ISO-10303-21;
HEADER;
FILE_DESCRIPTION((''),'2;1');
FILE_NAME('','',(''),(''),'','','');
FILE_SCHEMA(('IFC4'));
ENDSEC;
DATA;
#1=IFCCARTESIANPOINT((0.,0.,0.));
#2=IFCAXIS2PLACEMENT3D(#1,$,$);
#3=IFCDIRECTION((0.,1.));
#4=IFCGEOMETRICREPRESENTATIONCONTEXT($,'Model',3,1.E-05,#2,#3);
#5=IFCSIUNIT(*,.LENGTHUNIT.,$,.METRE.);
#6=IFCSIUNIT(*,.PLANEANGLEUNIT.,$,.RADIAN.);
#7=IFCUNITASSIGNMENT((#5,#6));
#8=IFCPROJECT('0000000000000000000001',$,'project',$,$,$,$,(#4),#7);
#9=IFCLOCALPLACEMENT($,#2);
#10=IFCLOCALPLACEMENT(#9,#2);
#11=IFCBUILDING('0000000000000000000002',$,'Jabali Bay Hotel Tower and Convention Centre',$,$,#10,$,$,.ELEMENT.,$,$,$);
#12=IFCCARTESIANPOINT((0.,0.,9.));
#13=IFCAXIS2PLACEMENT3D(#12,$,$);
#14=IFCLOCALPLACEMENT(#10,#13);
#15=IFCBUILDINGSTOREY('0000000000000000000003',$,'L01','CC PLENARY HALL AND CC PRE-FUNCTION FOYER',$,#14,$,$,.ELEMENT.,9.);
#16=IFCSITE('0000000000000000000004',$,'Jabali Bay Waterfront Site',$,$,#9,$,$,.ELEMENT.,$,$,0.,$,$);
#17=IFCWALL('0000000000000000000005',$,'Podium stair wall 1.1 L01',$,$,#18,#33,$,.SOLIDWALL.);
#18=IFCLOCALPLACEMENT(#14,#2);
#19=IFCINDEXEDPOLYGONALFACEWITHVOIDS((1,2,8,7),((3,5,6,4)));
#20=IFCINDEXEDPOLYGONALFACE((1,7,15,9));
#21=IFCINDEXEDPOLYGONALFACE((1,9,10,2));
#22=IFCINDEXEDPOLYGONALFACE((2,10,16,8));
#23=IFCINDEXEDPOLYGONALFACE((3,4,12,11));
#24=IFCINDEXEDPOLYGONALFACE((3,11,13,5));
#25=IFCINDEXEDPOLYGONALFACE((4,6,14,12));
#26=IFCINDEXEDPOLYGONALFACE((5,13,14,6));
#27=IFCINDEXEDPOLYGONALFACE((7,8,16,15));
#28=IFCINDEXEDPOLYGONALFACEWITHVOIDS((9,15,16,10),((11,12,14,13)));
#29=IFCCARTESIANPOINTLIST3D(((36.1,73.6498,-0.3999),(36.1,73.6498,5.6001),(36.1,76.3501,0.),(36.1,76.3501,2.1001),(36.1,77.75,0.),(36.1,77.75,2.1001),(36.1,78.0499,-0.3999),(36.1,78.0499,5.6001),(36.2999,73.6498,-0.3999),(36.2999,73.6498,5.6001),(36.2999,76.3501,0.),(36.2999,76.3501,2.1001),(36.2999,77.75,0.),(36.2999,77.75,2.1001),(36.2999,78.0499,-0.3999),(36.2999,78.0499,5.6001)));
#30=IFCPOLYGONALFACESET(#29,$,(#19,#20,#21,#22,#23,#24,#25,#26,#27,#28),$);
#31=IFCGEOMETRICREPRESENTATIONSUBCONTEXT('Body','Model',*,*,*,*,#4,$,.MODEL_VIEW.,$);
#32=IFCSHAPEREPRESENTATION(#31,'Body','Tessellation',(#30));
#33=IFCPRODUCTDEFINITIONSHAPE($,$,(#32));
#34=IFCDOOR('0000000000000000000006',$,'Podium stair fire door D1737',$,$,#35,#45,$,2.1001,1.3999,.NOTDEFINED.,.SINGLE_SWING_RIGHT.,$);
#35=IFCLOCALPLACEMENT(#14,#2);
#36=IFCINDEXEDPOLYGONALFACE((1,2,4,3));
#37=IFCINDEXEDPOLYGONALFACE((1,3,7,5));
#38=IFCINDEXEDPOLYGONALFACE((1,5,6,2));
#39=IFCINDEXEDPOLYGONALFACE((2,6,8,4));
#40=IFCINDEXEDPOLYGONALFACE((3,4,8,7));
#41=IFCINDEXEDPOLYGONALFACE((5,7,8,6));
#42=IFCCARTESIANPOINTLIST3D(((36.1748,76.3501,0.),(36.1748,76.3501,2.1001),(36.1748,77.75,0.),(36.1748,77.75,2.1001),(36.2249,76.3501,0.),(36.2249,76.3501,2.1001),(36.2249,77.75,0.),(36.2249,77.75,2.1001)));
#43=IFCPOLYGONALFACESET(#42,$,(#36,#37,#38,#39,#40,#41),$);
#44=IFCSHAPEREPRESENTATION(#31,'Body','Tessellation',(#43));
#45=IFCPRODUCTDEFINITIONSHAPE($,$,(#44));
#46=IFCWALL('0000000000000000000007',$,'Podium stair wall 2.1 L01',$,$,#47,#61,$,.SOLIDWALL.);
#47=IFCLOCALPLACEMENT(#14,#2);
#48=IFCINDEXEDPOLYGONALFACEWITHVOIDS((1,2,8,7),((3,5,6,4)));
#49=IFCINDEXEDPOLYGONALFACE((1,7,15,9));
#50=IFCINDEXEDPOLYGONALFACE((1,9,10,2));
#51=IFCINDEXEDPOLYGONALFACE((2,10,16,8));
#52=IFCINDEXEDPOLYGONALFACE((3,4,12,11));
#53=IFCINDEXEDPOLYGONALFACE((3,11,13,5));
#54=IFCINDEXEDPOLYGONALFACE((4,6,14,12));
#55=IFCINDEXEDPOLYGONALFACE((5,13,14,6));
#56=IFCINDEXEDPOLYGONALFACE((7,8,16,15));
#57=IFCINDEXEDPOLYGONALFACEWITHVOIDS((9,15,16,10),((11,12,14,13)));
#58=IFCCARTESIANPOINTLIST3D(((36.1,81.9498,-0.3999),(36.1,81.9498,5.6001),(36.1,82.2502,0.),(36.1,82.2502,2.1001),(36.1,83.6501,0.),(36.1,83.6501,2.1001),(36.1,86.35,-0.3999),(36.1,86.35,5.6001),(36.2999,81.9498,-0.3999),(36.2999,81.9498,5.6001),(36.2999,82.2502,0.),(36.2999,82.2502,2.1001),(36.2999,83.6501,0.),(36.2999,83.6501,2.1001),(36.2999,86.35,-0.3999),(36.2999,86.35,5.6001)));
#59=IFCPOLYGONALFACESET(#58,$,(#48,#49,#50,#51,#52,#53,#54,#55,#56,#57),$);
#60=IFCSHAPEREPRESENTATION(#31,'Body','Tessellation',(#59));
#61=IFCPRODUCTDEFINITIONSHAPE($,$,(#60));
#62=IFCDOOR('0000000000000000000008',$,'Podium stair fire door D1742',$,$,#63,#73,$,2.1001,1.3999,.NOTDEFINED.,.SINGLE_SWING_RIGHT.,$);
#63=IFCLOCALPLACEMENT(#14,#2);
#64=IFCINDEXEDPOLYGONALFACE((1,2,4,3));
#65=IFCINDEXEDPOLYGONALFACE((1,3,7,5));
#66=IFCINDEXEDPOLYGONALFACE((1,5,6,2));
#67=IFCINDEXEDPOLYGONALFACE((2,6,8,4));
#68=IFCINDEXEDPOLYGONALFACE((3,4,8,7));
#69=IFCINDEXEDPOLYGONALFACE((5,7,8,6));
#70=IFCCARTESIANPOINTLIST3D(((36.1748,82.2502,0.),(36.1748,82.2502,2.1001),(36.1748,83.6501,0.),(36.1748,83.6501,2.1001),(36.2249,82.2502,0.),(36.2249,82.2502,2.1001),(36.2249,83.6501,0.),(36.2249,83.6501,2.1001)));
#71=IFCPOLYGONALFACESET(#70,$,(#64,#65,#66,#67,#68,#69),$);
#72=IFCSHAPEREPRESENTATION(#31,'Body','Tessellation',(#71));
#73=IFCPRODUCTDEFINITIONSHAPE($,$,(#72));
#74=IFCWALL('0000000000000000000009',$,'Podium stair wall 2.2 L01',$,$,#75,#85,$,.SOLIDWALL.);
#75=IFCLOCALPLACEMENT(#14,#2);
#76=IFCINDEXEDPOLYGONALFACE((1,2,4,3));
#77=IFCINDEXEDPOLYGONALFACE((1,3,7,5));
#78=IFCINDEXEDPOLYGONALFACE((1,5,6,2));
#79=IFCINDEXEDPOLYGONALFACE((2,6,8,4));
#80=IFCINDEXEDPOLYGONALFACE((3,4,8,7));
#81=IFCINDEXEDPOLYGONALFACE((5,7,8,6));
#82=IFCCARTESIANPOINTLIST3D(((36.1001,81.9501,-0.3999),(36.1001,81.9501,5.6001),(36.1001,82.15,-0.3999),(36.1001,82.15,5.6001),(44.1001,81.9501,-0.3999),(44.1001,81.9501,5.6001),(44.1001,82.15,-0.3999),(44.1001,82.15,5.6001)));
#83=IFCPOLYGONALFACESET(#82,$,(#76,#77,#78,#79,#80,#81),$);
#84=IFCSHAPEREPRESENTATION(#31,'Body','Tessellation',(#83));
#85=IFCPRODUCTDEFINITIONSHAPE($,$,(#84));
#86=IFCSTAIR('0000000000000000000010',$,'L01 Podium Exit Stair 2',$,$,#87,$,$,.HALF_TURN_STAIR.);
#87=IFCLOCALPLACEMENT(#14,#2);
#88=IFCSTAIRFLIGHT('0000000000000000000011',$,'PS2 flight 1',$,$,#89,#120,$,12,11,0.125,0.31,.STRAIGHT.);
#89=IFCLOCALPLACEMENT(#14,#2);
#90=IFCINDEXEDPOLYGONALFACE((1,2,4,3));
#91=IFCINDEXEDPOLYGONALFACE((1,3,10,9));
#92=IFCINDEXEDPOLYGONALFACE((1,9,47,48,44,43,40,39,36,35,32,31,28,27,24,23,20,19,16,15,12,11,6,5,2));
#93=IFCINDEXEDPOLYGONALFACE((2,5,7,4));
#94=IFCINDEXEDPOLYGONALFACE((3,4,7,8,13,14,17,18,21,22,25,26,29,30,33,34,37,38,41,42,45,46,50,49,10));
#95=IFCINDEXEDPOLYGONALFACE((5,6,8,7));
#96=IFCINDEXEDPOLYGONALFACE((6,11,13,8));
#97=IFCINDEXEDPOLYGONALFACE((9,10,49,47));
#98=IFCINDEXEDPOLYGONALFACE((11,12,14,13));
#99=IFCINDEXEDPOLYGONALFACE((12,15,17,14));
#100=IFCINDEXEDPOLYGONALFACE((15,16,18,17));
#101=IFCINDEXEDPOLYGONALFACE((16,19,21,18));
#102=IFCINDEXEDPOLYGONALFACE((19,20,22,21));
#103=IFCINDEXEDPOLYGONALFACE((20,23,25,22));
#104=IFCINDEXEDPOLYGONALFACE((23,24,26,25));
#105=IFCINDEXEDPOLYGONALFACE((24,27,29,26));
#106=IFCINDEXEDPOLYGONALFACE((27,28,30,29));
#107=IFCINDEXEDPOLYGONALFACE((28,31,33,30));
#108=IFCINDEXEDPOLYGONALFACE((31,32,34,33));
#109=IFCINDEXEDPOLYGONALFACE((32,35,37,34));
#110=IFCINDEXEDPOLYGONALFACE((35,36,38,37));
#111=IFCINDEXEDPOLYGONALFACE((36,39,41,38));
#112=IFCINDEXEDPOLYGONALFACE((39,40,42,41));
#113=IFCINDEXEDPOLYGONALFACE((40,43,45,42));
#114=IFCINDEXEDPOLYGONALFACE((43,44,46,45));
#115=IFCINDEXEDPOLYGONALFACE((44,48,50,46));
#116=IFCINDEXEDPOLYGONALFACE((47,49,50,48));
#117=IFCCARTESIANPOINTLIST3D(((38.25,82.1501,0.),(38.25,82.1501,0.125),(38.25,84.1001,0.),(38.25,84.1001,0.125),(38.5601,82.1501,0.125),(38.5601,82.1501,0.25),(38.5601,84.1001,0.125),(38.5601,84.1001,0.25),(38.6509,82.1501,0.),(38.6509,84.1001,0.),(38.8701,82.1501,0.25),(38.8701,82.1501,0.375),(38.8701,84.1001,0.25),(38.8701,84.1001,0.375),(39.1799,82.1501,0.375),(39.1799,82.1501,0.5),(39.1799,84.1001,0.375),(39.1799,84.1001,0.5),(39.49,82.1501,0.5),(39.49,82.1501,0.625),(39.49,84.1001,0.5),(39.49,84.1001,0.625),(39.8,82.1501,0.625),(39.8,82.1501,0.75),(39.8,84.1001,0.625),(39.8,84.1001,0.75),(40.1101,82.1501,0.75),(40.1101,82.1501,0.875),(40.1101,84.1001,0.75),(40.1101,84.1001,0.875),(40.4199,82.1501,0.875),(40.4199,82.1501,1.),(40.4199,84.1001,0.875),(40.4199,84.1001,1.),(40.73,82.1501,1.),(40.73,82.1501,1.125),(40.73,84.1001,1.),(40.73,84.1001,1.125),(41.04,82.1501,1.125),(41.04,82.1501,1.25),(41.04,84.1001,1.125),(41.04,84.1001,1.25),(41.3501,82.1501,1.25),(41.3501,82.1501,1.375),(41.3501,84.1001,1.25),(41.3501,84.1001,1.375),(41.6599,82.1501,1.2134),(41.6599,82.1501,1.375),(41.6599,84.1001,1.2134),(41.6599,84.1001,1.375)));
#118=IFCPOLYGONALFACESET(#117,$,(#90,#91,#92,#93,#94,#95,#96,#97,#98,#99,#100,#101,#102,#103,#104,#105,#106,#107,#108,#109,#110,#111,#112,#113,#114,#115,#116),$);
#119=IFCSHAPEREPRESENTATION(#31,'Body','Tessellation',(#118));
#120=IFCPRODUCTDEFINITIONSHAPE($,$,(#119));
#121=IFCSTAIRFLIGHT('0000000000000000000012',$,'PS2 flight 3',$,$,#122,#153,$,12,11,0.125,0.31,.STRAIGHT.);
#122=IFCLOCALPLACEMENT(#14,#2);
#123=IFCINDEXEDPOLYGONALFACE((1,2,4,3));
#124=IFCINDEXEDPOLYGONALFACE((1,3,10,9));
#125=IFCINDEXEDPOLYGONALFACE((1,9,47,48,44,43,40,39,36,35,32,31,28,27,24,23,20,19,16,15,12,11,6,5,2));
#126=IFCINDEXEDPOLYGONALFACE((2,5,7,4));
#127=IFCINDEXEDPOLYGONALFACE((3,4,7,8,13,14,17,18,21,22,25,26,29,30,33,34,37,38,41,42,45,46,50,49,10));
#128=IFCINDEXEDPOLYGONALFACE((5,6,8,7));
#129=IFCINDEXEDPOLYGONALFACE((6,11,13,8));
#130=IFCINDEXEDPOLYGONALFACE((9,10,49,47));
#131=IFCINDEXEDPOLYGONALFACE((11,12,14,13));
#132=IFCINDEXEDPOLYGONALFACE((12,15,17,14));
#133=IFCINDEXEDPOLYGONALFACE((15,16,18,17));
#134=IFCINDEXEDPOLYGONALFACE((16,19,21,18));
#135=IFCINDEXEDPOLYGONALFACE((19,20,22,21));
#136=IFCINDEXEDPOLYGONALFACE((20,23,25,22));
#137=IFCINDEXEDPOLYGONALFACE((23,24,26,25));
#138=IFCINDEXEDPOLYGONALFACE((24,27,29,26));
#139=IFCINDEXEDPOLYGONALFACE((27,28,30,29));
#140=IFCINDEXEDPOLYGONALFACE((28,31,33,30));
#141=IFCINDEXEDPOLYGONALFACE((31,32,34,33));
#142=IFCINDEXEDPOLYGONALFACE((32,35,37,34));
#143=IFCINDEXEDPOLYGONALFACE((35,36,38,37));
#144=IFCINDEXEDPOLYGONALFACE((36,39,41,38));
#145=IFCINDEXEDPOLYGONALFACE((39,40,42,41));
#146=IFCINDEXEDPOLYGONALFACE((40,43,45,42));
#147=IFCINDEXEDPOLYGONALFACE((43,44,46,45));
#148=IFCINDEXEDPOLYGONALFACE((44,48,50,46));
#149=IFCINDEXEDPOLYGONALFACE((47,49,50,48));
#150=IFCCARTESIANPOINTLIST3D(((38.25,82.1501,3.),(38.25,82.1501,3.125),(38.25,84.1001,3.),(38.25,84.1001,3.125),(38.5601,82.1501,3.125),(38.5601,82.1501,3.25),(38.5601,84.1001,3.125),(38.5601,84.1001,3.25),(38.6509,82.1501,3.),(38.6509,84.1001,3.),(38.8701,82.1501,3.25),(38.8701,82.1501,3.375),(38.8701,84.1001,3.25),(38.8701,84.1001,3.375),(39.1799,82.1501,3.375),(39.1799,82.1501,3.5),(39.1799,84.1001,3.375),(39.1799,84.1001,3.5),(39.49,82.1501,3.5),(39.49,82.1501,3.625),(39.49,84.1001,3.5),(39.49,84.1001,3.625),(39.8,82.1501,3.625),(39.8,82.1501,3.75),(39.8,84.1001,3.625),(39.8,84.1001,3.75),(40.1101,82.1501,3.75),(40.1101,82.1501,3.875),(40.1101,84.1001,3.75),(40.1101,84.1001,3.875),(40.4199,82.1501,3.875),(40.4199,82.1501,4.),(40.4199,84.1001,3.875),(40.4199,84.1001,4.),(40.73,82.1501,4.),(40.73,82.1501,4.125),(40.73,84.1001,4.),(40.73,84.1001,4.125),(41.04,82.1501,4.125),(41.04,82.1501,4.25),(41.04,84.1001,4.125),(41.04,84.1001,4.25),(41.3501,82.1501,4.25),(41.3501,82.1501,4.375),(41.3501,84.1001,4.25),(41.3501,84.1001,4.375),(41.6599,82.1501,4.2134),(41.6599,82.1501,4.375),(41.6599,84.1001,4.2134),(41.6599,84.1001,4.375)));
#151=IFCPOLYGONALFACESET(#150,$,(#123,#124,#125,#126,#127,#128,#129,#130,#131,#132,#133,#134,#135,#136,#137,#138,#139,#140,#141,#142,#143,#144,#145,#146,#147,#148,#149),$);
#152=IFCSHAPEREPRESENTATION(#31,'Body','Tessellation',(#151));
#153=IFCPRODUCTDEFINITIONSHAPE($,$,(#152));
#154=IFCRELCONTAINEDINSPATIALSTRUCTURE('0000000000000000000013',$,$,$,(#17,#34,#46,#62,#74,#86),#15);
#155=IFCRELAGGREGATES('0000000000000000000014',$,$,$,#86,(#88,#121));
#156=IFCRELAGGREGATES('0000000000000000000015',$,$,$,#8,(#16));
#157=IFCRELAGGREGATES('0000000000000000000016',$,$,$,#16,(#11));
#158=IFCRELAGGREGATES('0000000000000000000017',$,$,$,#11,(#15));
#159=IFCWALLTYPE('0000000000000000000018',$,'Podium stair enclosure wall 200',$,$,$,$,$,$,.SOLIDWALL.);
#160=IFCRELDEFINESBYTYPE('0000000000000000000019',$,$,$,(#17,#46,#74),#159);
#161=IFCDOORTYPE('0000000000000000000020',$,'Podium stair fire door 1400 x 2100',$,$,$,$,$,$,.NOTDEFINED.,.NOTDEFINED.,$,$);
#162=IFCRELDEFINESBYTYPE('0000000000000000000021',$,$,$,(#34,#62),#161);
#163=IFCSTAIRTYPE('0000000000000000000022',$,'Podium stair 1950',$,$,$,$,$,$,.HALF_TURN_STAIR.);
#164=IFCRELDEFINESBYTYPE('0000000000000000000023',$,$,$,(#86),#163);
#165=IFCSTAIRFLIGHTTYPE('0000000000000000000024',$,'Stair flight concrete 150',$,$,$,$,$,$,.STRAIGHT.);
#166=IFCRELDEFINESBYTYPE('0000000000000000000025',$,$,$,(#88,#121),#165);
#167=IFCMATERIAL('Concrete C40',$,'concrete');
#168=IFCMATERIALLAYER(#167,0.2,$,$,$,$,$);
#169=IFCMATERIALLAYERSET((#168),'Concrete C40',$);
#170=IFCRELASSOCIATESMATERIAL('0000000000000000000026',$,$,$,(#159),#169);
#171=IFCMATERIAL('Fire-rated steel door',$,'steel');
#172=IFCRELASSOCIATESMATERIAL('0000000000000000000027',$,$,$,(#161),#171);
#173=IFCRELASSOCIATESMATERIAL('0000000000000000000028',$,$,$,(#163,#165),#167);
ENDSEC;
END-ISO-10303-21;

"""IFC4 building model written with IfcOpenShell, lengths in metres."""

from ifc_helpers import new_model, si_unit, direction, frame, frame_2d, origin, place, context, subcontext, project, spatial, polyline, rectangle, outline, extrude, material, layer, layer_set, type_object, element, fill, aggregate, save


model = new_model("IFC4")

# Units and contexts
model_context = context("Model", 3, precision=1e-05, world=origin(), true_north=direction((0.0, 1.0)))
body_context = subcontext(model_context, "Body", "Model", "MODEL_VIEW")
ifc_project = project(units=[si_unit("LENGTHUNIT", "METRE"), si_unit("PLANEANGLEUNIT", "RADIAN")], contexts=[model_context])

# Site, building, storey
site_placement = place(None, origin())
site = spatial("IfcSite", under=ifc_project, at=site_placement, Name="Jabali Bay Waterfront Site", CompositionType="ELEMENT", RefElevation=0.0)
building_placement = place(site_placement, origin())
building = spatial("IfcBuilding", under=site, at=building_placement, Name="Jabali Bay Hotel Tower and Convention Centre", CompositionType="ELEMENT")
storey_placement = place(building_placement, frame((0.0, 0.0, 9.0)))
storey = spatial("IfcBuildingStorey", under=building, at=storey_placement, Name="L01", Description="CC PLENARY HALL AND CC PRE-FUNCTION FOYER", CompositionType="ELEMENT", Elevation=9.0)

# Walls, openings, doors
ifc_material_1 = material(Name="Concrete C40", Category="concrete")
ifc_layer_1 = layer(ifc_material_1, 0.2)
ifc_layer_set_1 = layer_set([ifc_layer_1], Name="Concrete C40")
wall_type = type_object("IfcWallType", Name="Podium stair enclosure wall 200", PredefinedType="SOLIDWALL", material=ifc_layer_set_1)
wall_1_placement = place(storey_placement, frame((36.2, 78.05, -0.3999), z_axis=(0.0, 0.0, 1.0), x_axis=(0.0, -1.0, 0.0)))
wall_1 = element("IfcWall", 1, at=wall_1_placement, inside=storey, type_object=wall_type, Name="Podium stair wall 1.1 L01", PredefinedType="SOLIDWALL", context=body_context, shape_type="SweptSolid", body=[
    extrude(rectangle(XDim=4.4001, YDim=0.2, at=frame_2d((2.2002, 0.0))), origin(), (0.0, 0.0, 1.0), 6.0),
])
opening_1_placement = place(wall_1_placement, frame((0.3, 0.0, 0.3999)))
opening_1 = element("IfcOpeningElement", 2, at=opening_1_placement, cuts=wall_1, PredefinedType="OPENING", context=body_context, shape_type="SweptSolid", body=[
    extrude(rectangle(XDim=1.3999, YDim=2.1001, at=frame_2d((0.7, 1.05))), frame((0.0, 0.1104, 0.0), z_axis=(0.0, -1.0, 0.0), x_axis=(1.0, 0.0, 0.0)), (0.0, 0.0, 1.0), 0.2209),
])
ifc_material_2 = material(Name="Fire-rated steel door", Category="steel")
door_type = type_object("IfcDoorType", Name="Podium stair fire door 1400 x 2100", OperationType="NOTDEFINED", PredefinedType="NOTDEFINED", material=ifc_material_2)
door_1_placement = place(opening_1_placement, origin())
door_1 = element("IfcDoor", 3, at=door_1_placement, inside=storey, type_object=door_type, Name="Podium stair fire door D1737", OperationType="SINGLE_SWING_RIGHT", OverallHeight=2.1001, OverallWidth=1.3999, PredefinedType="NOTDEFINED", context=body_context, shape_type="SweptSolid", body=[
    extrude(rectangle(XDim=1.3999, YDim=2.1001, at=frame_2d((0.7, 1.05))), frame((0.0, 0.0249, 0.0), z_axis=(0.0, -1.0, 0.0), x_axis=(1.0, 0.0, 0.0)), (0.0, 0.0, 1.0), 0.05),
])
fill(opening_1, door_1)
wall_2_placement = place(storey_placement, frame((36.2, 86.3501, -0.3999), z_axis=(0.0, 0.0, 1.0), x_axis=(0.0, -1.0, 0.0)))
wall_2 = element("IfcWall", 4, at=wall_2_placement, inside=storey, type_object=wall_type, Name="Podium stair wall 2.1 L01", PredefinedType="SOLIDWALL", context=body_context, shape_type="SweptSolid", body=[
    extrude(rectangle(XDim=4.4001, YDim=0.2, at=frame_2d((2.2002, 0.0))), origin(), (0.0, 0.0, 1.0), 6.0),
])
opening_2_placement = place(wall_2_placement, frame((2.7, 0.0, 0.3999)))
opening_2 = element("IfcOpeningElement", 5, at=opening_2_placement, cuts=wall_2, PredefinedType="OPENING", context=body_context, shape_type="SweptSolid", body=[
    extrude(rectangle(XDim=1.3999, YDim=2.1001, at=frame_2d((0.7, 1.05))), frame((0.0, 0.1104, 0.0), z_axis=(0.0, -1.0, 0.0), x_axis=(1.0, 0.0, 0.0)), (0.0, 0.0, 1.0), 0.2209),
])
door_2_placement = place(opening_2_placement, origin())
door_2 = element("IfcDoor", 6, at=door_2_placement, inside=storey, type_object=door_type, Name="Podium stair fire door D1742", OperationType="SINGLE_SWING_RIGHT", OverallHeight=2.1001, OverallWidth=1.3999, PredefinedType="NOTDEFINED", context=body_context, shape_type="SweptSolid", body=[
    extrude(rectangle(XDim=1.3999, YDim=2.1001, at=frame_2d((0.7, 1.05))), frame((0.0, 0.0249, 0.0), z_axis=(0.0, -1.0, 0.0), x_axis=(1.0, 0.0, 0.0)), (0.0, 0.0, 1.0), 0.05),
])
fill(opening_2, door_2)

# Wall
wall_3_placement = place(storey_placement, frame((36.1001, 82.05, -0.3999), z_axis=(0.0, 0.0, 1.0), x_axis=(1.0, 0.0, 0.0)))
element("IfcWall", 7, at=wall_3_placement, inside=storey, type_object=wall_type, Name="Podium stair wall 2.2 L01", PredefinedType="SOLIDWALL", context=body_context, shape_type="SweptSolid", body=[
    extrude(rectangle(XDim=8.0, YDim=0.2, at=frame_2d((4.0, 0.0))), origin(), (0.0, 0.0, 1.0), 6.0),
])

# Stair, stair flights
stair_type = type_object("IfcStairType", Name="Podium stair 1950", PredefinedType="HALF_TURN_STAIR", material=ifc_material_1)
stair_placement = place(storey_placement, origin())
stair = element("IfcStair", 8, at=stair_placement, inside=storey, type_object=stair_type, Name="L01 Podium Exit Stair 2", PredefinedType="HALF_TURN_STAIR")
stair_flight_type = type_object("IfcStairFlightType", Name="Stair flight concrete 150", PredefinedType="STRAIGHT", material=ifc_material_1)
stair_flight_1_placement = place(storey_placement, frame((38.25, 83.125, 0.0), z_axis=(0.0, 0.0, 1.0), x_axis=(1.0, 0.0, 0.0)))
stair_flight_1 = element("IfcStairFlight", 9, at=stair_flight_1_placement, type_object=stair_flight_type, Name="PS2 flight 1", NumberOfRisers=12, NumberOfTreads=11, PredefinedType="STRAIGHT", RiserHeight=0.125, TreadLength=0.31, context=body_context, shape_type="SweptSolid", body=[
    extrude(outline(polyline([(0.0, 0.0), (0.0, 0.125), (0.3101, 0.125), (0.3101, 0.25), (0.6201, 0.25), (0.6201, 0.375), (0.9299, 0.375), (0.9299, 0.5), (1.24, 0.5), (1.24, 0.625), (1.55, 0.625), (1.55, 0.75), (1.8601, 0.75), (1.8601, 0.875), (2.1699, 0.875), (2.1699, 1.0), (2.48, 1.0), (2.48, 1.125), (2.79, 1.125), (2.79, 1.25), (3.1001, 1.25), (3.1001, 1.375), (3.4099, 1.375), (3.4099, 1.5), (3.4099, 1.2134), (0.4009, 0.0), (0.0, 0.0)])), frame((0.0, 0.9751, 0.0), z_axis=(0.0, -1.0, 0.0), x_axis=(1.0, 0.0, 0.0)), (0.0, 0.0, 1.0), 1.95),
])
stair_flight_2_placement = place(storey_placement, frame((38.25, 83.125, 3.0), z_axis=(0.0, 0.0, 1.0), x_axis=(1.0, 0.0, 0.0)))
stair_flight_2 = element("IfcStairFlight", 10, at=stair_flight_2_placement, type_object=stair_flight_type, Name="PS2 flight 3", NumberOfRisers=12, NumberOfTreads=11, PredefinedType="STRAIGHT", RiserHeight=0.125, TreadLength=0.31, context=body_context, shape_type="SweptSolid", body=[
    extrude(outline(polyline([(0.0, 0.0), (0.0, 0.125), (0.3101, 0.125), (0.3101, 0.25), (0.6201, 0.25), (0.6201, 0.375), (0.9299, 0.375), (0.9299, 0.5), (1.24, 0.5), (1.24, 0.625), (1.55, 0.625), (1.55, 0.75), (1.8601, 0.75), (1.8601, 0.875), (2.1699, 0.875), (2.1699, 1.0), (2.48, 1.0), (2.48, 1.125), (2.79, 1.125), (2.79, 1.25), (3.1001, 1.25), (3.1001, 1.375), (3.4099, 1.375), (3.4099, 1.5), (3.4099, 1.2134), (0.4009, 0.0), (0.0, 0.0)])), frame((0.0, 0.9751, 0.0), z_axis=(0.0, -1.0, 0.0), x_axis=(1.0, 0.0, 0.0)), (0.0, 0.0, 1.0), 1.95),
])
aggregate(stair, [stair_flight_1, stair_flight_2])

save(model, "model.ifc")
